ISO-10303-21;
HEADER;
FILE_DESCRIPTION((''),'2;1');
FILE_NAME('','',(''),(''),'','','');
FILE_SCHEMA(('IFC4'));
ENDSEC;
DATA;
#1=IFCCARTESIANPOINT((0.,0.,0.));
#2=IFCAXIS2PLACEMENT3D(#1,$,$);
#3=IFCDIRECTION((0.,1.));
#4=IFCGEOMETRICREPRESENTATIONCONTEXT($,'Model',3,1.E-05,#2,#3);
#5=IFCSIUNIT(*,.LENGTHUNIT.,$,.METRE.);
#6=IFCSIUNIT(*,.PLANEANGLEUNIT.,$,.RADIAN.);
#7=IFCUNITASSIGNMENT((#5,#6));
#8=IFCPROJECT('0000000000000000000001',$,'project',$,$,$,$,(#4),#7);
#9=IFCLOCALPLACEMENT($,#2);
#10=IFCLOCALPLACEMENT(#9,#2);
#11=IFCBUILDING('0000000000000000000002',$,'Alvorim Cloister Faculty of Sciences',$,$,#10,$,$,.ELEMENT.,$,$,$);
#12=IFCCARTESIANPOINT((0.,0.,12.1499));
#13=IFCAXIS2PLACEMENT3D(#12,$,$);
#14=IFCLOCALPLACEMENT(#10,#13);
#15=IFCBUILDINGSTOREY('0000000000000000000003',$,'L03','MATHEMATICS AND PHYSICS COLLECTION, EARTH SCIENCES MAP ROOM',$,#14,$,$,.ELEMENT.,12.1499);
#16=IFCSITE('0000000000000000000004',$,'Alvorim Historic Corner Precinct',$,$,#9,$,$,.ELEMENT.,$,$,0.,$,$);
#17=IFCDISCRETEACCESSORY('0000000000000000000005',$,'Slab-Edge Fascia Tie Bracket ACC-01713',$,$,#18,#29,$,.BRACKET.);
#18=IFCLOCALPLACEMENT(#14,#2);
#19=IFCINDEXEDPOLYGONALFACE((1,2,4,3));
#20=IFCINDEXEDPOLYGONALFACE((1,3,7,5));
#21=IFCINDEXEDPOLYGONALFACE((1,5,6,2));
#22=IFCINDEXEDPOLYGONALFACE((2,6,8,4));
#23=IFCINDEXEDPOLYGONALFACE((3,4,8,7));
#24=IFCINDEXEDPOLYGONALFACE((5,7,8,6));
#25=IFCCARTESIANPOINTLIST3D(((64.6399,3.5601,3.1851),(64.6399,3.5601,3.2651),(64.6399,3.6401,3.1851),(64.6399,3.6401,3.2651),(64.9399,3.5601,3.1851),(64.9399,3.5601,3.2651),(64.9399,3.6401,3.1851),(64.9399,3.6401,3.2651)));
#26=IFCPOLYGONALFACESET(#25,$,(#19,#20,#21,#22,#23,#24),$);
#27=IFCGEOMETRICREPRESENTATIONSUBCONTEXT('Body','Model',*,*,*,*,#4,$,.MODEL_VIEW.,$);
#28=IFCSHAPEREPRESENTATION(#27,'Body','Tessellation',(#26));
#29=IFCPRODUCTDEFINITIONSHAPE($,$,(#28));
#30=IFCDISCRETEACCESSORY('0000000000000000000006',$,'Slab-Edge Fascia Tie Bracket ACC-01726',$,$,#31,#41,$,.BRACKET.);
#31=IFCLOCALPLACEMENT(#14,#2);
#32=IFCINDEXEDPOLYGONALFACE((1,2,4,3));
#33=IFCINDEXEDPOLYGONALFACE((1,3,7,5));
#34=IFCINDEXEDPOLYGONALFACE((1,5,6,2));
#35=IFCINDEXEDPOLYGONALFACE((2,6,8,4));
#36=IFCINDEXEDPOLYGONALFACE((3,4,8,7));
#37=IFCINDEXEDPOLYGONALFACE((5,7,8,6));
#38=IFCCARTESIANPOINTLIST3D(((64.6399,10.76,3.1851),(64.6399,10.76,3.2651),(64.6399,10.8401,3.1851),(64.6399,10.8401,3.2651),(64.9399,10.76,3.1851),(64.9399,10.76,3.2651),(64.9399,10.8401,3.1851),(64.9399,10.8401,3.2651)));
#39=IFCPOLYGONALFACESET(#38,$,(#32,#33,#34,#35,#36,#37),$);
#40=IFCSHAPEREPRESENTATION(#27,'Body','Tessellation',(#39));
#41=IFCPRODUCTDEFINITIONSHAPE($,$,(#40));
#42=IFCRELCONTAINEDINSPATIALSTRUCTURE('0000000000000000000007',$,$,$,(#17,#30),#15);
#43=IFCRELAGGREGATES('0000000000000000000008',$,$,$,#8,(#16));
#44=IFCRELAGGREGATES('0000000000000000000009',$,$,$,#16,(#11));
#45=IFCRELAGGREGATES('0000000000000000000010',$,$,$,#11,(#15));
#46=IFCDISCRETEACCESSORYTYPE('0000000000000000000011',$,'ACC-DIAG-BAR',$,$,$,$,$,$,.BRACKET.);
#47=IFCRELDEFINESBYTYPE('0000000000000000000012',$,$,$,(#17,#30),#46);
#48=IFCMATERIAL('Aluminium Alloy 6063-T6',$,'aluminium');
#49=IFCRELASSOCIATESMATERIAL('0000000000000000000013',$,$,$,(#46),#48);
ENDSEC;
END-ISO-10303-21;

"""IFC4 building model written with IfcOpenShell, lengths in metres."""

from ifc_helpers import new_model, si_unit, direction, frame, origin, origin_2d, place, context, subcontext, project, spatial, rectangle, extrude, material, type_object, element, save


model = new_model("IFC4")

# Units and contexts
model_context = context("Model", 3, precision=1e-05, world=origin(), true_north=direction((0.0, 1.0)))
body_context = subcontext(model_context, "Body", "Model", "MODEL_VIEW")
ifc_project = project(units=[si_unit("LENGTHUNIT", "METRE"), si_unit("PLANEANGLEUNIT", "RADIAN")], contexts=[model_context])

# Site, building, storey
site_placement = place(None, origin())
site = spatial("IfcSite", under=ifc_project, at=site_placement, Name="Alvorim Historic Corner Precinct", CompositionType="ELEMENT", RefElevation=0.0)
building_placement = place(site_placement, origin())
building = spatial("IfcBuilding", under=site, at=building_placement, Name="Alvorim Cloister Faculty of Sciences", CompositionType="ELEMENT")
storey_placement = place(building_placement, frame((0.0, 0.0, 12.1499)))
storey = spatial("IfcBuildingStorey", under=building, at=storey_placement, Name="L03", Description="MATHEMATICS AND PHYSICS COLLECTION, EARTH SCIENCES MAP ROOM", CompositionType="ELEMENT", Elevation=12.1499)

# Shared definitions
ifc_material_1 = material(Name="Aluminium Alloy 6063-T6", Category="aluminium")

# Discrete accessories
discrete_accessory_type = type_object("IfcDiscreteAccessoryType", Name="ACC-DIAG-BAR", PredefinedType="BRACKET", material=ifc_material_1)
for number, where, z_axis, x_axis, name in (
    (1, (64.9399, 3.6001, 3.2251), (-1.0, 0.0, 0.0), (0.0, -1.0, 0.0), "Slab-Edge Fascia Tie Bracket ACC-01713"),
    (2, (64.9399, 10.8, 3.2251), (-1.0, 0.0, 0.0), (0.0, -1.0, 0.0), "Slab-Edge Fascia Tie Bracket ACC-01726"),
):
    element("IfcDiscreteAccessory", number, at=place(storey_placement, frame(where, z_axis=z_axis, x_axis=x_axis)), inside=storey, type_object=discrete_accessory_type, Name=name, PredefinedType="BRACKET", context=body_context, shape_type="SweptSolid", body=[
        extrude(rectangle(XDim=0.0801, YDim=0.0801, at=origin_2d()), origin(), (0.0, 0.0, 1.0), 0.3),
    ])

save(model, "model.ifc")
